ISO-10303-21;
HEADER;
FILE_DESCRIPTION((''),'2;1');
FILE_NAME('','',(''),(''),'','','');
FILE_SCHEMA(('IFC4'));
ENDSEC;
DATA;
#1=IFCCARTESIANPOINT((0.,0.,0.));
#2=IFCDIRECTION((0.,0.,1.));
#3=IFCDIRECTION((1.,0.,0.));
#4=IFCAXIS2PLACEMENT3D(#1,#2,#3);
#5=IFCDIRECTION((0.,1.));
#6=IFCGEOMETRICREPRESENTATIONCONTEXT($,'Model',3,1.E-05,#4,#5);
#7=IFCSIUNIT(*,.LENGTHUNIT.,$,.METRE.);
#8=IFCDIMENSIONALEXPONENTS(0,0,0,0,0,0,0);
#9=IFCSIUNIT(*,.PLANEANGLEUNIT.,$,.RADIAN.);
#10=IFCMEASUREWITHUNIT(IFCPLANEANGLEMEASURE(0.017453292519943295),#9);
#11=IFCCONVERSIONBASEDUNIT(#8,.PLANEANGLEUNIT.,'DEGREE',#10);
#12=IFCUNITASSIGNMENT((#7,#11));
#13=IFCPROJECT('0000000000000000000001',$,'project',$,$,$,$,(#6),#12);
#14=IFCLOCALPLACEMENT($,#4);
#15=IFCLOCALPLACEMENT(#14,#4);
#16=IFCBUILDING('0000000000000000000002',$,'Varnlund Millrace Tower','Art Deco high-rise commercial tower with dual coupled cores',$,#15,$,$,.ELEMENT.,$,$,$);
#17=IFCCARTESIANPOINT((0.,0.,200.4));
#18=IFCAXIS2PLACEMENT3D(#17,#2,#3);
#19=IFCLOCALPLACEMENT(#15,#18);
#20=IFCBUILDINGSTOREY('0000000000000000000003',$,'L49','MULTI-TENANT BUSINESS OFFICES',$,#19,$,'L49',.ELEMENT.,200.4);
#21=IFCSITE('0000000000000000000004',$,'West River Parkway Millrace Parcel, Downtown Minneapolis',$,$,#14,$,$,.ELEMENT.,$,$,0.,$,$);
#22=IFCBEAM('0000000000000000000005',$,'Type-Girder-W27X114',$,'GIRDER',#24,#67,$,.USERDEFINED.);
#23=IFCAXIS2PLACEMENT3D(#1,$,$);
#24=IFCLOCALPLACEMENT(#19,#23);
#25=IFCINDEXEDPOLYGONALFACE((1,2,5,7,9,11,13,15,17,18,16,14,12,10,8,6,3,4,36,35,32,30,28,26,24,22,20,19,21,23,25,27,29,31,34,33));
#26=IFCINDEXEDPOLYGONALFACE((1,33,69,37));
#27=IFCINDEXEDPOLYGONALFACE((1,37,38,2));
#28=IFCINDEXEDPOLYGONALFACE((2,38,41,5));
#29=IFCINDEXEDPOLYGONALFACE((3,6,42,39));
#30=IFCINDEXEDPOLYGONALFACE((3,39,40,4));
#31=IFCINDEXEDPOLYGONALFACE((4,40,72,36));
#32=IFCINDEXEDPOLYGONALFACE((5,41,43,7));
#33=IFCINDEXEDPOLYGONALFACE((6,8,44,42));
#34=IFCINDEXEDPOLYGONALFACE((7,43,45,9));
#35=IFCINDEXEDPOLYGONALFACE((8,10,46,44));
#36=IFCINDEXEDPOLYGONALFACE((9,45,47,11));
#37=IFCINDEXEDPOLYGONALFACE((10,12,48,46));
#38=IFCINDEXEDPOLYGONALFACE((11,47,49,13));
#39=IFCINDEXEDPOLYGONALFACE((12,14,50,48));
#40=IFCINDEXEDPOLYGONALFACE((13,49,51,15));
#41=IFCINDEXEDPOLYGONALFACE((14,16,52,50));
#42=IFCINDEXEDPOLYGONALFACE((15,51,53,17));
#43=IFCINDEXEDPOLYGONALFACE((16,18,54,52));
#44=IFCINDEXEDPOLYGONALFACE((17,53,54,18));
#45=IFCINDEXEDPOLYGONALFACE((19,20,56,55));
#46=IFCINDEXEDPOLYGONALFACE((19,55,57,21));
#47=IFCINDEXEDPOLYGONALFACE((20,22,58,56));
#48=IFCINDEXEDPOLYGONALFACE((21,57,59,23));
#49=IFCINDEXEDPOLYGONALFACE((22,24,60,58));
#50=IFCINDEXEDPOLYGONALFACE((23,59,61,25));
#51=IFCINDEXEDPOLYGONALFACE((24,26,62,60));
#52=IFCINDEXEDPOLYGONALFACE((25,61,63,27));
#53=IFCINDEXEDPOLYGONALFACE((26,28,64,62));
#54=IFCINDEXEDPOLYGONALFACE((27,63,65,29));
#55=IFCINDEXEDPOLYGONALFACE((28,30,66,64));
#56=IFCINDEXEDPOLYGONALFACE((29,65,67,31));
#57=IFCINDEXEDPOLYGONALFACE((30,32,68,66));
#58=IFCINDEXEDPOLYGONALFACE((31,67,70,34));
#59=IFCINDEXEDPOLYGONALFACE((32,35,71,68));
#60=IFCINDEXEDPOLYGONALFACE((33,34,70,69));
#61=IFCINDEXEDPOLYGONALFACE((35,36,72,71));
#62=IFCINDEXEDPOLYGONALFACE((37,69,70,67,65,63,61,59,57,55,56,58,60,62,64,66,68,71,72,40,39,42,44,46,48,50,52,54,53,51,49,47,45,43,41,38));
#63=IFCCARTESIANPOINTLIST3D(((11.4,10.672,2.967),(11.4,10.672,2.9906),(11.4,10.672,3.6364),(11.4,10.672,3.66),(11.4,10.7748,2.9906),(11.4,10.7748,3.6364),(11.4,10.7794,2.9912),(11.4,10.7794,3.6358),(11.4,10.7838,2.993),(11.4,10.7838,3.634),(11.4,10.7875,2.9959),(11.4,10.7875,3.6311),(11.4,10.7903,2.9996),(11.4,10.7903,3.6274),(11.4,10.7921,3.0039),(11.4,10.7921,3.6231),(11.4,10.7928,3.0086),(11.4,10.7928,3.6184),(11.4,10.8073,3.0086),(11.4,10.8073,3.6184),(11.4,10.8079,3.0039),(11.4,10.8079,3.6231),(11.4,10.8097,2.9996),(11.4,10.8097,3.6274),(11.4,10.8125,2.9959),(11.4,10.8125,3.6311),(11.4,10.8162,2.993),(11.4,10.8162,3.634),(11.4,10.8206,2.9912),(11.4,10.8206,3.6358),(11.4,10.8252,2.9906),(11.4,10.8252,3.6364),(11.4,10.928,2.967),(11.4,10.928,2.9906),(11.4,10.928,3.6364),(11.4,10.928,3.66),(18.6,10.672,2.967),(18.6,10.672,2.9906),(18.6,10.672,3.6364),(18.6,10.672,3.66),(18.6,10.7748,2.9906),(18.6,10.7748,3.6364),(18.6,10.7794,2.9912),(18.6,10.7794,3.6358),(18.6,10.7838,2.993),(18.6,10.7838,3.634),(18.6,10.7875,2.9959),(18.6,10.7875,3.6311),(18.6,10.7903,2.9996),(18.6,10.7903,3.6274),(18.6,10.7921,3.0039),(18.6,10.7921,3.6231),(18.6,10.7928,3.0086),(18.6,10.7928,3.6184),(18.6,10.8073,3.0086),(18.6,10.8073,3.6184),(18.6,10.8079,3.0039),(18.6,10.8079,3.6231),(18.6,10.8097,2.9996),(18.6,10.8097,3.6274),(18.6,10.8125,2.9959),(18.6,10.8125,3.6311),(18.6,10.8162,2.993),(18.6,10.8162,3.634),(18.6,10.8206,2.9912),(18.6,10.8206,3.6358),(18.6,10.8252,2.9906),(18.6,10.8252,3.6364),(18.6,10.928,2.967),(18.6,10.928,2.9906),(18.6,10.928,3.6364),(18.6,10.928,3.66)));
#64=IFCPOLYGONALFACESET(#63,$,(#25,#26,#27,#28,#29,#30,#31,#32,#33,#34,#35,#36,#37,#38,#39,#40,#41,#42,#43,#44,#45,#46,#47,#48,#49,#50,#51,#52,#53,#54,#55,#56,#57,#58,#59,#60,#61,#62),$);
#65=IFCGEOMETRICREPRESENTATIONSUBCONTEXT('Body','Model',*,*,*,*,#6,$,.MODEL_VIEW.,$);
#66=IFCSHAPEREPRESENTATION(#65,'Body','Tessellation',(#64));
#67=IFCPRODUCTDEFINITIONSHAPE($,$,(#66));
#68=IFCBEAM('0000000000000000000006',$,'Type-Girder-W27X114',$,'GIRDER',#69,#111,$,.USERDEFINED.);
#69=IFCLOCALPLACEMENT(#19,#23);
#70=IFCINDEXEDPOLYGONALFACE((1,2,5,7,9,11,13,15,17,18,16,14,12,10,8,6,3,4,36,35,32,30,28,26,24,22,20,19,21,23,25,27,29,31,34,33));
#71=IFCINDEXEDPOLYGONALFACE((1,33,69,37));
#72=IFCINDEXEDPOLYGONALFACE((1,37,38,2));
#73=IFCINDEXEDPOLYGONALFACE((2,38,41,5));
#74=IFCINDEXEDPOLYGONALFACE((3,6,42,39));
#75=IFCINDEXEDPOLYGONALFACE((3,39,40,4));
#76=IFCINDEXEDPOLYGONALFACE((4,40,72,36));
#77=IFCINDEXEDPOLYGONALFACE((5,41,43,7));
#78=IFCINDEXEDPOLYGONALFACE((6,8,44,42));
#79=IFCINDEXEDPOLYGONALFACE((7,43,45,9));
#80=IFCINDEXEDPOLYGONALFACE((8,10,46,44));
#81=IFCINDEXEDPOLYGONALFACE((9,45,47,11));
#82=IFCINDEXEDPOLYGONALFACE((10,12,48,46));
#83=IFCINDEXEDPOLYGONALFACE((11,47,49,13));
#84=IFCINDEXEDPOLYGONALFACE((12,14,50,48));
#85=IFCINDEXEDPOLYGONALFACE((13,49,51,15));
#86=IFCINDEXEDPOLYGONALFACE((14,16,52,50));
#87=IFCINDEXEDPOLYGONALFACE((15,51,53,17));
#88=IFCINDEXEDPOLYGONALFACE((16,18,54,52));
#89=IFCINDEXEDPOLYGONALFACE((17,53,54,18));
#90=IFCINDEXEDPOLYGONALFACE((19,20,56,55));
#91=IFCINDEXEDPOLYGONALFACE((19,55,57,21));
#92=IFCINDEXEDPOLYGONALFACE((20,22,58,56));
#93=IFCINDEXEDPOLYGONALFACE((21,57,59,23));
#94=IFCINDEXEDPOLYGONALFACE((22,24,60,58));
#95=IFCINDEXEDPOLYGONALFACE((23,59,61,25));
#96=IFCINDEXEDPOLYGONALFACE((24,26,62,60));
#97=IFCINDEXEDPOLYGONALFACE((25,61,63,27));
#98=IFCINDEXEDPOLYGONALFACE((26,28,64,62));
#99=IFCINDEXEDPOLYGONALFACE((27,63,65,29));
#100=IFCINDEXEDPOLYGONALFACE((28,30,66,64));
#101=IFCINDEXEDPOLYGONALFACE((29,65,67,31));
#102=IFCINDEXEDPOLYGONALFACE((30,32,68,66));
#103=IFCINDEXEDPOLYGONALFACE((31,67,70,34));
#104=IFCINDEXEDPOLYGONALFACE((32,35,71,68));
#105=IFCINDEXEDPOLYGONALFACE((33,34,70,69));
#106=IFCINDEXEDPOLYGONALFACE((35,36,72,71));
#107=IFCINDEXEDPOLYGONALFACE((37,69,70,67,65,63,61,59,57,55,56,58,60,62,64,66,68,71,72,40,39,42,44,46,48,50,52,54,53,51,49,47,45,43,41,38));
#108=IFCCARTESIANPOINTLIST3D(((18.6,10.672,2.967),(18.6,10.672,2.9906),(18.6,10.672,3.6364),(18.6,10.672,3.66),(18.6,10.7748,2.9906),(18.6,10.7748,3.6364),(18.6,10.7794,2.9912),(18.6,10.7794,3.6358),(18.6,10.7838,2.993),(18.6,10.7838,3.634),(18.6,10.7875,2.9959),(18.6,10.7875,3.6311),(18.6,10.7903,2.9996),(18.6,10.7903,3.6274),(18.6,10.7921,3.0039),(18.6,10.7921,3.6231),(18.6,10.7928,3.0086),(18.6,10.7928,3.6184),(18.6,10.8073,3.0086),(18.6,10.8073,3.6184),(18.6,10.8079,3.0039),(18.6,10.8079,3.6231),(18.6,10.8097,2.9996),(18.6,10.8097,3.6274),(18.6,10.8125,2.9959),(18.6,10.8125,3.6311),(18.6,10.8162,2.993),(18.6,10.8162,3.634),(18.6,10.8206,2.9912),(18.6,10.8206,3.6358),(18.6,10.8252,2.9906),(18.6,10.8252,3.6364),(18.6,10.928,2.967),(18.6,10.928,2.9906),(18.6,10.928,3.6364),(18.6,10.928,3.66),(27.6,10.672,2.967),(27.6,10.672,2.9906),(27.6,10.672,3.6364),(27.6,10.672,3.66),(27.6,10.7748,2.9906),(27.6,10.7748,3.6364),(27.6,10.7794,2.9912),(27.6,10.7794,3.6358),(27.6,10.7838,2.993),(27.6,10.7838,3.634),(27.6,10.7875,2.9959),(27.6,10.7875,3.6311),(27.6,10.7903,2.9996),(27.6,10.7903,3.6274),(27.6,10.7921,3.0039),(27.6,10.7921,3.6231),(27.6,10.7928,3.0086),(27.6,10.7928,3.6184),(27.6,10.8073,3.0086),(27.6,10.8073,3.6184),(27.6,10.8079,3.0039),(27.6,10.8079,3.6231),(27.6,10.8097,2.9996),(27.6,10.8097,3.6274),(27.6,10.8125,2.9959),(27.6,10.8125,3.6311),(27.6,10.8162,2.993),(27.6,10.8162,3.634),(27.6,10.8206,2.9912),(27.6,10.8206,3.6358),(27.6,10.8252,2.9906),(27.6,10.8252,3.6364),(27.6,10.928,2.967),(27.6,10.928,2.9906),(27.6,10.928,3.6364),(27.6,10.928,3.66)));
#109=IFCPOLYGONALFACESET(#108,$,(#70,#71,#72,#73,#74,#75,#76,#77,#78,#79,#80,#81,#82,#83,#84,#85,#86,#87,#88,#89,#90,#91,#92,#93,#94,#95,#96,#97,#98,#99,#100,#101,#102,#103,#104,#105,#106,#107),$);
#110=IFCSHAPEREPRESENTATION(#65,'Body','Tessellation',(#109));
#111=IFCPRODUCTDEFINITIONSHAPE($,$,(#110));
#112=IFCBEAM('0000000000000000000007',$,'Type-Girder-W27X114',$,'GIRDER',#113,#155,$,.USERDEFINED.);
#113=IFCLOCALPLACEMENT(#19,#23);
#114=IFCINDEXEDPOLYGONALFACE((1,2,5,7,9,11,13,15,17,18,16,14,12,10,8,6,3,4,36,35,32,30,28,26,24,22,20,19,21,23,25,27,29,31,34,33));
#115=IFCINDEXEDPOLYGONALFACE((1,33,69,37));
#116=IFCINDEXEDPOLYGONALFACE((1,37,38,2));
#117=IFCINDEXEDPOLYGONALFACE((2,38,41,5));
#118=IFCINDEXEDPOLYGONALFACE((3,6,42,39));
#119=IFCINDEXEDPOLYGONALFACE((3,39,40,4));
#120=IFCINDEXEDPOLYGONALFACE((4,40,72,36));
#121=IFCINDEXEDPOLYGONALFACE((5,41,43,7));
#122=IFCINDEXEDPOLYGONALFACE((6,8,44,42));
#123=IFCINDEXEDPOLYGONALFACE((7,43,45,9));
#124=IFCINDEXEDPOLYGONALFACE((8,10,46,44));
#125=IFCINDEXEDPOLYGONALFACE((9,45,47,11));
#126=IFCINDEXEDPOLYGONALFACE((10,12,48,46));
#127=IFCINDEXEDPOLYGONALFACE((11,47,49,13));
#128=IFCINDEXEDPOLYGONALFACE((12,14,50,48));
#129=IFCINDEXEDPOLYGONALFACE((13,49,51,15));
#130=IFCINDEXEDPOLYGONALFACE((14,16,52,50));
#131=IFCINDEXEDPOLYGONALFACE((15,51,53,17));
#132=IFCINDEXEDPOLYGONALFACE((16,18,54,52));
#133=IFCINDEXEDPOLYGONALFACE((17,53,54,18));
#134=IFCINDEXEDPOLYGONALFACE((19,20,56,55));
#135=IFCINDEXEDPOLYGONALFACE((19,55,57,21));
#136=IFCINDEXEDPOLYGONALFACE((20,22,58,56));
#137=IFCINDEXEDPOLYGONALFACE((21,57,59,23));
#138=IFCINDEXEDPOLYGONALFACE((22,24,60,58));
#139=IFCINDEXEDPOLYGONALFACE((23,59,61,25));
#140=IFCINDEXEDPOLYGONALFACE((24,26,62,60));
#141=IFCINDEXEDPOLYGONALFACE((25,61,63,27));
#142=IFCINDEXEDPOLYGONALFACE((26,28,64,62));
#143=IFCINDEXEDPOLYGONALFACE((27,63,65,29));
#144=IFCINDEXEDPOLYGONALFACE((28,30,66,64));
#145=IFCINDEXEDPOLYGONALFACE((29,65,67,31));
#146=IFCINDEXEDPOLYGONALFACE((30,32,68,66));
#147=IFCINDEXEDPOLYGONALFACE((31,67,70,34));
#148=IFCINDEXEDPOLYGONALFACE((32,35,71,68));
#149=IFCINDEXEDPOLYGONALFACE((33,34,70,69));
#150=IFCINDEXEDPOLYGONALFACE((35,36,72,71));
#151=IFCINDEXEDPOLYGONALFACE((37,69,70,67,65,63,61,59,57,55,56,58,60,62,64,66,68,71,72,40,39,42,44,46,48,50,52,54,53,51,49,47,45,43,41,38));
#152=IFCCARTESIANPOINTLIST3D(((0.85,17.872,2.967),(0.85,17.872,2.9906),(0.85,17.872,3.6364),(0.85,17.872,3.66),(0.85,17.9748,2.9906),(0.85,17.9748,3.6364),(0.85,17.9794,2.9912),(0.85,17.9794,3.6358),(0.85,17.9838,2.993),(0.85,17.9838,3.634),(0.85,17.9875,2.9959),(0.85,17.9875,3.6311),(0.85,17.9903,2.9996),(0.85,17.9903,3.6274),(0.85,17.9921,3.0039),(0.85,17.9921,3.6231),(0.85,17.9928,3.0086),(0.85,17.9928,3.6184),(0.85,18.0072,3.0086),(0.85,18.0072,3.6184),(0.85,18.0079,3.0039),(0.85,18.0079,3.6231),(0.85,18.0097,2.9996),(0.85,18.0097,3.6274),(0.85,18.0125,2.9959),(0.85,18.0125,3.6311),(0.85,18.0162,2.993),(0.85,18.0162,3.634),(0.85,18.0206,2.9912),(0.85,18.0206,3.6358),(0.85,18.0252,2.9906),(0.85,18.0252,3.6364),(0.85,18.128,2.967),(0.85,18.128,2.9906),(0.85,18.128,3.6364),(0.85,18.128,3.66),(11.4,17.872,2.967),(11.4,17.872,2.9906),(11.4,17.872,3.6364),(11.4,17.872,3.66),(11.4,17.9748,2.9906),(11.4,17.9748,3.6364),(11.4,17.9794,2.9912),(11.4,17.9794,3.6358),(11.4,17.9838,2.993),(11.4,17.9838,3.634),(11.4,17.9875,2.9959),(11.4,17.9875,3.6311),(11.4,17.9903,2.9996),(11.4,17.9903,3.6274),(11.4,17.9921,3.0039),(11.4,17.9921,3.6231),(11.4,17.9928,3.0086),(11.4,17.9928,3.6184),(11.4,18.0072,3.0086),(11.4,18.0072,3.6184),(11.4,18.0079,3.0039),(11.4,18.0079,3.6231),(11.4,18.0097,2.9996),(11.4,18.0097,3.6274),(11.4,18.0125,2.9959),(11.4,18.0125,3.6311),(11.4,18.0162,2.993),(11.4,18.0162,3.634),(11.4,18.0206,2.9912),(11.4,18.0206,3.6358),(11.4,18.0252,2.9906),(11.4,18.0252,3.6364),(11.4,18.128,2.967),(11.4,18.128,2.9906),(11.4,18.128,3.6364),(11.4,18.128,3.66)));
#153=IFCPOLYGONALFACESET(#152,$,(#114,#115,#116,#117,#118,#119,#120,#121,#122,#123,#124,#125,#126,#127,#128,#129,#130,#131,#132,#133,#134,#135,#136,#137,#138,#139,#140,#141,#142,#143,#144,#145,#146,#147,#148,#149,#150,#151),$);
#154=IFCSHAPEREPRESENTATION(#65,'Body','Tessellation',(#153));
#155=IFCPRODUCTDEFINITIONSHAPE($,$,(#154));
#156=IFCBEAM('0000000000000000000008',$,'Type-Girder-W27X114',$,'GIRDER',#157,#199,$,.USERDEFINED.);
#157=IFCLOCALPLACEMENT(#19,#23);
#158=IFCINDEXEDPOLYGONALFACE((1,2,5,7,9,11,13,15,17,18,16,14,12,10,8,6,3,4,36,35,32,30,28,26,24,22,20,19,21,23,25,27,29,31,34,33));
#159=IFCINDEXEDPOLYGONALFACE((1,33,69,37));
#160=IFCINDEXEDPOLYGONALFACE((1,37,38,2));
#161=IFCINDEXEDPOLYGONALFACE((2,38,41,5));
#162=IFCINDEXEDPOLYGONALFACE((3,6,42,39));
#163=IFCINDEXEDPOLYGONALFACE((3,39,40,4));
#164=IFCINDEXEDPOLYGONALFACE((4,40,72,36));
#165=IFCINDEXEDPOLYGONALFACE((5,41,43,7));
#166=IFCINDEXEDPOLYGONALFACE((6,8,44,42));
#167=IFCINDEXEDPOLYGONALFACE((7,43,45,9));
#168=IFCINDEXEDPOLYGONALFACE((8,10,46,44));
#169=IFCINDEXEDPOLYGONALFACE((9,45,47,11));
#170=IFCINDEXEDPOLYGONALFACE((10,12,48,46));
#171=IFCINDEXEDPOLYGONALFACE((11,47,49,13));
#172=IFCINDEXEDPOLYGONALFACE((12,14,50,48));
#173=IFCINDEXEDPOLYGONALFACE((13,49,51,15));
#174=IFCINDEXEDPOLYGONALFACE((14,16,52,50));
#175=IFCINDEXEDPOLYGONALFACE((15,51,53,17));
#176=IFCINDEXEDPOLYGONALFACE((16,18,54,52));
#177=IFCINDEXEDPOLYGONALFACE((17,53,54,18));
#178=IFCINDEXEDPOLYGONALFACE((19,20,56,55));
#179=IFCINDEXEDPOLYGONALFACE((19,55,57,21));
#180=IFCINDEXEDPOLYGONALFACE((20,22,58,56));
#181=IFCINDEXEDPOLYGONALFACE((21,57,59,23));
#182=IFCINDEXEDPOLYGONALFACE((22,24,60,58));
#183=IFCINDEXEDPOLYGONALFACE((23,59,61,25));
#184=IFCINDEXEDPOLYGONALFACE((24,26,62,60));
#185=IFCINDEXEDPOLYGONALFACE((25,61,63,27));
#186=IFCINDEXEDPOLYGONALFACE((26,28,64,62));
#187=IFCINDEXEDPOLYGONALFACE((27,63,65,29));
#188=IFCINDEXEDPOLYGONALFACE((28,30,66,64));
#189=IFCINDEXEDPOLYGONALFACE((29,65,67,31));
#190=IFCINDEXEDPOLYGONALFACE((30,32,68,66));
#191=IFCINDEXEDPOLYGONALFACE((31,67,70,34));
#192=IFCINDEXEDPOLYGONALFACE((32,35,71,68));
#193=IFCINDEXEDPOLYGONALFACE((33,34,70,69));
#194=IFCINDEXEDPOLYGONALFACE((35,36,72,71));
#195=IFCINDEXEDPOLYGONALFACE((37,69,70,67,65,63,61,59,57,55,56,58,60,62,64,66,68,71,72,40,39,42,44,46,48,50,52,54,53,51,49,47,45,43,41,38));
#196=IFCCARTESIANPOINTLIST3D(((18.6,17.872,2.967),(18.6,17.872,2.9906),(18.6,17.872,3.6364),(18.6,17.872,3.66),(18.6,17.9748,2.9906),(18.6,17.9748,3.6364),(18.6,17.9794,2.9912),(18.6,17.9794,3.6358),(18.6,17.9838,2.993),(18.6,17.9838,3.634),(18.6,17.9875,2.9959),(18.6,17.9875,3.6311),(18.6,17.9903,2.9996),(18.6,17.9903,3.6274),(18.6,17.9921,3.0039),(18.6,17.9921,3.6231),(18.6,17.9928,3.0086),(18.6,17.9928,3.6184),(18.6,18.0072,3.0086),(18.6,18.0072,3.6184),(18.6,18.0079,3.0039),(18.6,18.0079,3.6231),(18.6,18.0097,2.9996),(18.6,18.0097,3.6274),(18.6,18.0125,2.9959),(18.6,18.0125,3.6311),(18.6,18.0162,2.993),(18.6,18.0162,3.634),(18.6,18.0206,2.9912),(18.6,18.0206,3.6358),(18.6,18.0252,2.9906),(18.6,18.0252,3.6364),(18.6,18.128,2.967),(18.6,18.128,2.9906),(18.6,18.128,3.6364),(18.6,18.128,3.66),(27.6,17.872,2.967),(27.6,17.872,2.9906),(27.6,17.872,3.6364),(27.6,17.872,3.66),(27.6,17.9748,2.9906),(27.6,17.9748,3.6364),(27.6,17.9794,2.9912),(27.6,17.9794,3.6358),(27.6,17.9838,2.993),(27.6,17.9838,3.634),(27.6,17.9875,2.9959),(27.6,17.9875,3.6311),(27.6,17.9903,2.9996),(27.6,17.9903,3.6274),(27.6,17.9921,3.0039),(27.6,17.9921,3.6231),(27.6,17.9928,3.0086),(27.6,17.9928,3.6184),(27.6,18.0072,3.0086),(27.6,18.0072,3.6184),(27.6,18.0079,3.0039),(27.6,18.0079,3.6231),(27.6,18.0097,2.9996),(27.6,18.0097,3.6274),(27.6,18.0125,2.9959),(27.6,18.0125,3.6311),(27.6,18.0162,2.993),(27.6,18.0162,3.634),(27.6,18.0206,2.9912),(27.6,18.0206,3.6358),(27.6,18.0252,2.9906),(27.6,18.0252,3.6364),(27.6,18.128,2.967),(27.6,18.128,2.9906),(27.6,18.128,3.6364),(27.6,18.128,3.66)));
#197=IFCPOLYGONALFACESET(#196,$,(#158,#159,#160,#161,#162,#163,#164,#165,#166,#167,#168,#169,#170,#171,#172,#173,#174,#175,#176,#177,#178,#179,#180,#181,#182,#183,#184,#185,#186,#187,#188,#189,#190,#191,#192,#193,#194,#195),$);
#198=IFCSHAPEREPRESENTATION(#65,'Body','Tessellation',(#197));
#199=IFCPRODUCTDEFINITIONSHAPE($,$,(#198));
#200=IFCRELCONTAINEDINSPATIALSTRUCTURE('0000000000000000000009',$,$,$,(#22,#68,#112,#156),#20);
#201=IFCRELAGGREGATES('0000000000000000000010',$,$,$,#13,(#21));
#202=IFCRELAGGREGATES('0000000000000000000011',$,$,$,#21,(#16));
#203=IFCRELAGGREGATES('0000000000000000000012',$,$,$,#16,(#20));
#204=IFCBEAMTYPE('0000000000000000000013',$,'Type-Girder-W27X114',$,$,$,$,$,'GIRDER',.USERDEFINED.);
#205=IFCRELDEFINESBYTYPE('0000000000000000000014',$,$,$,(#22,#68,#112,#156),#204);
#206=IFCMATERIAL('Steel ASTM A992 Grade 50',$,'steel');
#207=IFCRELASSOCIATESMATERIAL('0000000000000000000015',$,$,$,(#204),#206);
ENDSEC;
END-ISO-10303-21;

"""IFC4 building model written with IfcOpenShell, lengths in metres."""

from ifc_helpers import new_model, entity, si_unit, converted_unit, direction, frame, origin_with_axes, origin_2d_with_axis, place, context, subcontext, project, spatial, i_section, extrude, material, material_profile, profile_set, type_object, element, save


model = new_model("IFC4")

# Units and contexts
model_context = context("Model", 3, precision=1e-05, world=origin_with_axes(), true_north=direction((0.0, 1.0)))
body_context = subcontext(model_context, "Body", "Model", "MODEL_VIEW")
ifc_project = project(units=[si_unit("LENGTHUNIT", "METRE"), converted_unit("PLANEANGLEUNIT", "DEGREE", entity("IfcPlaneAngleMeasure", 0.017453292519943295), si_unit("PLANEANGLEUNIT", "RADIAN"), dimensions=[0, 0, 0, 0, 0, 0, 0])], contexts=[model_context])

# Site, building, storey
site_placement = place(None, origin_with_axes())
site = spatial("IfcSite", under=ifc_project, at=site_placement, Name="West River Parkway Millrace Parcel, Downtown Minneapolis", CompositionType="ELEMENT", RefElevation=0.0)
building_placement = place(site_placement, origin_with_axes())
building = spatial("IfcBuilding", under=site, at=building_placement, Name="Varnlund Millrace Tower", Description="Art Deco high-rise commercial tower with dual coupled cores", CompositionType="ELEMENT")
storey_placement = place(building_placement, frame((0.0, 0.0, 200.4), z_axis=(0.0, 0.0, 1.0), x_axis=(1.0, 0.0, 0.0)))
storey = spatial("IfcBuildingStorey", under=building, at=storey_placement, Name="L49", Description="MULTI-TENANT BUSINESS OFFICES", LongName="L49", CompositionType="ELEMENT", Elevation=200.4)

# Beams
ifc_material_1 = material(Name="Steel ASTM A992 Grade 50", Category="steel")
ifc_material_profile_1 = material_profile(ifc_material_1, i_section(OverallWidth=0.256, OverallDepth=0.693, WebThickness=0.0145, FlangeThickness=0.0236, FilletRadius=0.018, at=origin_2d_with_axis()), Name="Steel ASTM A992 Grade 50")
ifc_profile_set_1 = profile_set([ifc_material_profile_1], Name="Steel ASTM A992 Grade 50")
beam_type_1 = type_object("IfcBeamType", Name="Type-Girder-W27X114", ElementType="GIRDER", PredefinedType="USERDEFINED", material=ifc_profile_set_1)
beam_1_placement = place(storey_placement, frame((11.4, 10.8, 3.3135), z_axis=(1.0, 0.0, 0.0), x_axis=(0.0, 1.0, 0.0)))
element("IfcBeam", 1, at=beam_1_placement, inside=storey, type_object=beam_type_1, Name="Type-Girder-W27X114", ObjectType="GIRDER", PredefinedType="USERDEFINED", context=body_context, shape_type="SweptSolid", body=[
    extrude(i_section(OverallWidth=0.256, OverallDepth=0.693, WebThickness=0.0145, FlangeThickness=0.0236, FilletRadius=0.018, at=origin_2d_with_axis()), origin_with_axes(), (0.0, 0.0, 1.0), 7.2),
])
beam_2_placement = place(storey_placement, frame((18.6, 10.8, 3.3135), z_axis=(1.0, 0.0, 0.0), x_axis=(0.0, 1.0, 0.0)))
element("IfcBeam", 2, at=beam_2_placement, inside=storey, type_object=beam_type_1, Name="Type-Girder-W27X114", ObjectType="GIRDER", PredefinedType="USERDEFINED", context=body_context, shape_type="SweptSolid", body=[
    extrude(i_section(OverallWidth=0.256, OverallDepth=0.693, WebThickness=0.0145, FlangeThickness=0.0236, FilletRadius=0.018, at=origin_2d_with_axis()), origin_with_axes(), (0.0, 0.0, 1.0), 9.0),
])
beam_3_placement = place(storey_placement, frame((0.85, 18.0, 3.3135), z_axis=(1.0, 0.0, 0.0), x_axis=(0.0, 1.0, 0.0)))
element("IfcBeam", 3, at=beam_3_placement, inside=storey, type_object=beam_type_1, Name="Type-Girder-W27X114", ObjectType="GIRDER", PredefinedType="USERDEFINED", context=body_context, shape_type="SweptSolid", body=[
    extrude(i_section(OverallWidth=0.256, OverallDepth=0.693, WebThickness=0.0145, FlangeThickness=0.0236, FilletRadius=0.018, at=origin_2d_with_axis()), origin_with_axes(), (0.0, 0.0, 1.0), 10.55),
])
beam_4_placement = place(storey_placement, frame((18.6, 18.0, 3.3135), z_axis=(1.0, 0.0, 0.0), x_axis=(0.0, 1.0, 0.0)))
element("IfcBeam", 4, at=beam_4_placement, inside=storey, type_object=beam_type_1, Name="Type-Girder-W27X114", ObjectType="GIRDER", PredefinedType="USERDEFINED", context=body_context, shape_type="SweptSolid", body=[
    extrude(i_section(OverallWidth=0.256, OverallDepth=0.693, WebThickness=0.0145, FlangeThickness=0.0236, FilletRadius=0.018, at=origin_2d_with_axis()), origin_with_axes(), (0.0, 0.0, 1.0), 9.0),
])

save(model, "model.ifc")
